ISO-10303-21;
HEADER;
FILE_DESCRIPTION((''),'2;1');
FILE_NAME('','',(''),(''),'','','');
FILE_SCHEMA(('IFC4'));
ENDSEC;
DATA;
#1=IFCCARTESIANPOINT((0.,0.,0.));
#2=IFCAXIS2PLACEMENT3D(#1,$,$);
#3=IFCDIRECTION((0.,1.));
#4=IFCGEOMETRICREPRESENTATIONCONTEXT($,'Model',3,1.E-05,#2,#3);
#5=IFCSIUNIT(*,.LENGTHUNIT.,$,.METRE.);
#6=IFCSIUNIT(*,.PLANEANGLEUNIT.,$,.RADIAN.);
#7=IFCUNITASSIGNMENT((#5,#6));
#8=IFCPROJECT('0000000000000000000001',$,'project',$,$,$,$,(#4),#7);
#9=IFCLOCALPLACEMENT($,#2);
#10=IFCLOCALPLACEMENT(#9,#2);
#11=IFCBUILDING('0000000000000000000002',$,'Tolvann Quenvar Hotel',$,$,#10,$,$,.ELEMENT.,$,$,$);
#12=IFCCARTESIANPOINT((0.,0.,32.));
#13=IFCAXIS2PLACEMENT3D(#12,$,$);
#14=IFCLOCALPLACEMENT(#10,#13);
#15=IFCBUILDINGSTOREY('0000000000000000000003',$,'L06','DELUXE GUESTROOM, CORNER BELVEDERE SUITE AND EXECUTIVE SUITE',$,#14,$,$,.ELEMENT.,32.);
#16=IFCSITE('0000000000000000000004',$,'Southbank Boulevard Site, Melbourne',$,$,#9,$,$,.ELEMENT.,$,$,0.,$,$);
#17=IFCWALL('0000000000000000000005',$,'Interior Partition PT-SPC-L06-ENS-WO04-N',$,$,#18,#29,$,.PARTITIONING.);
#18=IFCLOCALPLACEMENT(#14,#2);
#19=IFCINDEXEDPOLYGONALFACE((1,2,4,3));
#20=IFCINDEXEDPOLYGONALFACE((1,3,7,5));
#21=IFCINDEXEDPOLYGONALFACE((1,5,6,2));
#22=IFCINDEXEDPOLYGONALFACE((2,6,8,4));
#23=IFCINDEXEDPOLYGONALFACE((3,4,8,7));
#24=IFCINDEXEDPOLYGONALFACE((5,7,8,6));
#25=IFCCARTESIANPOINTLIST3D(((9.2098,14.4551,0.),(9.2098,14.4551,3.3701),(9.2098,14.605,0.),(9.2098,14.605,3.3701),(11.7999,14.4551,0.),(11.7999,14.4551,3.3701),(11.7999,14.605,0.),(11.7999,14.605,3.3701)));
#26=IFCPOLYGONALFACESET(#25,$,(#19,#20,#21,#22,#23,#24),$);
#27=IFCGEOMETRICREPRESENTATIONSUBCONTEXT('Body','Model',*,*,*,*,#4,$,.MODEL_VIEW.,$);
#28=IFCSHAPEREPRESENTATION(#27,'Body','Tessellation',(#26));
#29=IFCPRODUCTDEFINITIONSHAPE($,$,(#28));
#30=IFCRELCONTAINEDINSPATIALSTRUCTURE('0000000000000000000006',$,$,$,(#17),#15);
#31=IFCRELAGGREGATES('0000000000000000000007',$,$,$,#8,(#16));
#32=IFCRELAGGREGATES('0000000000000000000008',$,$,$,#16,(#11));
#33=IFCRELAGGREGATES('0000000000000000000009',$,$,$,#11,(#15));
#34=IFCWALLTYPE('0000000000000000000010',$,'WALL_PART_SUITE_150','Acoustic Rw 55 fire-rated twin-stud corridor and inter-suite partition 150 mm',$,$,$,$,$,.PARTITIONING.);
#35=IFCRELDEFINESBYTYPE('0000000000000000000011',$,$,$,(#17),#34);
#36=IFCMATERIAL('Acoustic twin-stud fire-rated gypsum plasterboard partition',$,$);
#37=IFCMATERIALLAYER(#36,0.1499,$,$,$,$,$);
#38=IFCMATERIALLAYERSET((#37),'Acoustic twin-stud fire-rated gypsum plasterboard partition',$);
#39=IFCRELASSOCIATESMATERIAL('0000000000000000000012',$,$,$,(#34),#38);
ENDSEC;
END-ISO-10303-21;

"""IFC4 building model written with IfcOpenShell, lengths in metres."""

from ifc_helpers import new_model, si_unit, direction, frame, frame_2d, origin, place, context, subcontext, project, spatial, rectangle, extrude, material, layer, layer_set, type_object, element, save


model = new_model("IFC4")

# Units and contexts
model_context = context("Model", 3, precision=1e-05, world=origin(), true_north=direction((0.0, 1.0)))
body_context = subcontext(model_context, "Body", "Model", "MODEL_VIEW")
ifc_project = project(units=[si_unit("LENGTHUNIT", "METRE"), si_unit("PLANEANGLEUNIT", "RADIAN")], contexts=[model_context])

# Site, building, storey
site_placement = place(None, origin())
site = spatial("IfcSite", under=ifc_project, at=site_placement, Name="Southbank Boulevard Site, Melbourne", CompositionType="ELEMENT", RefElevation=0.0)
building_placement = place(site_placement, origin())
building = spatial("IfcBuilding", under=site, at=building_placement, Name="Tolvann Quenvar Hotel", CompositionType="ELEMENT")
storey_placement = place(building_placement, frame((0.0, 0.0, 32.0)))
storey = spatial("IfcBuildingStorey", under=building, at=storey_placement, Name="L06", Description="DELUXE GUESTROOM, CORNER BELVEDERE SUITE AND EXECUTIVE SUITE", CompositionType="ELEMENT", Elevation=32.0)

# Shared definitions
ifc_material_1 = material(Name="Acoustic twin-stud fire-rated gypsum plasterboard partition")
ifc_layer_1 = layer(ifc_material_1, 0.1499)
ifc_layer_set_1 = layer_set([ifc_layer_1], Name="Acoustic twin-stud fire-rated gypsum plasterboard partition")
wall_type_1 = type_object("IfcWallType", Name="WALL_PART_SUITE_150", Description="Acoustic Rw 55 fire-rated twin-stud corridor and inter-suite partition 150 mm", PredefinedType="PARTITIONING", material=ifc_layer_set_1)

# Wall
wall_1_placement = place(storey_placement, frame((9.21, 14.53, 0.0), z_axis=(0.0, 0.0, 1.0), x_axis=(1.0, 0.0, 0.0)))
element("IfcWall", 1, at=wall_1_placement, inside=storey, type_object=wall_type_1, Name="Interior Partition PT-SPC-L06-ENS-WO04-N", PredefinedType="PARTITIONING", context=body_context, shape_type="SweptSolid", body=[
    extrude(rectangle(XDim=2.5901, YDim=0.1499, at=frame_2d((1.2949, 0.0))), origin(), (0.0, 0.0, 1.0), 3.3701),
])

save(model, "model.ifc")
